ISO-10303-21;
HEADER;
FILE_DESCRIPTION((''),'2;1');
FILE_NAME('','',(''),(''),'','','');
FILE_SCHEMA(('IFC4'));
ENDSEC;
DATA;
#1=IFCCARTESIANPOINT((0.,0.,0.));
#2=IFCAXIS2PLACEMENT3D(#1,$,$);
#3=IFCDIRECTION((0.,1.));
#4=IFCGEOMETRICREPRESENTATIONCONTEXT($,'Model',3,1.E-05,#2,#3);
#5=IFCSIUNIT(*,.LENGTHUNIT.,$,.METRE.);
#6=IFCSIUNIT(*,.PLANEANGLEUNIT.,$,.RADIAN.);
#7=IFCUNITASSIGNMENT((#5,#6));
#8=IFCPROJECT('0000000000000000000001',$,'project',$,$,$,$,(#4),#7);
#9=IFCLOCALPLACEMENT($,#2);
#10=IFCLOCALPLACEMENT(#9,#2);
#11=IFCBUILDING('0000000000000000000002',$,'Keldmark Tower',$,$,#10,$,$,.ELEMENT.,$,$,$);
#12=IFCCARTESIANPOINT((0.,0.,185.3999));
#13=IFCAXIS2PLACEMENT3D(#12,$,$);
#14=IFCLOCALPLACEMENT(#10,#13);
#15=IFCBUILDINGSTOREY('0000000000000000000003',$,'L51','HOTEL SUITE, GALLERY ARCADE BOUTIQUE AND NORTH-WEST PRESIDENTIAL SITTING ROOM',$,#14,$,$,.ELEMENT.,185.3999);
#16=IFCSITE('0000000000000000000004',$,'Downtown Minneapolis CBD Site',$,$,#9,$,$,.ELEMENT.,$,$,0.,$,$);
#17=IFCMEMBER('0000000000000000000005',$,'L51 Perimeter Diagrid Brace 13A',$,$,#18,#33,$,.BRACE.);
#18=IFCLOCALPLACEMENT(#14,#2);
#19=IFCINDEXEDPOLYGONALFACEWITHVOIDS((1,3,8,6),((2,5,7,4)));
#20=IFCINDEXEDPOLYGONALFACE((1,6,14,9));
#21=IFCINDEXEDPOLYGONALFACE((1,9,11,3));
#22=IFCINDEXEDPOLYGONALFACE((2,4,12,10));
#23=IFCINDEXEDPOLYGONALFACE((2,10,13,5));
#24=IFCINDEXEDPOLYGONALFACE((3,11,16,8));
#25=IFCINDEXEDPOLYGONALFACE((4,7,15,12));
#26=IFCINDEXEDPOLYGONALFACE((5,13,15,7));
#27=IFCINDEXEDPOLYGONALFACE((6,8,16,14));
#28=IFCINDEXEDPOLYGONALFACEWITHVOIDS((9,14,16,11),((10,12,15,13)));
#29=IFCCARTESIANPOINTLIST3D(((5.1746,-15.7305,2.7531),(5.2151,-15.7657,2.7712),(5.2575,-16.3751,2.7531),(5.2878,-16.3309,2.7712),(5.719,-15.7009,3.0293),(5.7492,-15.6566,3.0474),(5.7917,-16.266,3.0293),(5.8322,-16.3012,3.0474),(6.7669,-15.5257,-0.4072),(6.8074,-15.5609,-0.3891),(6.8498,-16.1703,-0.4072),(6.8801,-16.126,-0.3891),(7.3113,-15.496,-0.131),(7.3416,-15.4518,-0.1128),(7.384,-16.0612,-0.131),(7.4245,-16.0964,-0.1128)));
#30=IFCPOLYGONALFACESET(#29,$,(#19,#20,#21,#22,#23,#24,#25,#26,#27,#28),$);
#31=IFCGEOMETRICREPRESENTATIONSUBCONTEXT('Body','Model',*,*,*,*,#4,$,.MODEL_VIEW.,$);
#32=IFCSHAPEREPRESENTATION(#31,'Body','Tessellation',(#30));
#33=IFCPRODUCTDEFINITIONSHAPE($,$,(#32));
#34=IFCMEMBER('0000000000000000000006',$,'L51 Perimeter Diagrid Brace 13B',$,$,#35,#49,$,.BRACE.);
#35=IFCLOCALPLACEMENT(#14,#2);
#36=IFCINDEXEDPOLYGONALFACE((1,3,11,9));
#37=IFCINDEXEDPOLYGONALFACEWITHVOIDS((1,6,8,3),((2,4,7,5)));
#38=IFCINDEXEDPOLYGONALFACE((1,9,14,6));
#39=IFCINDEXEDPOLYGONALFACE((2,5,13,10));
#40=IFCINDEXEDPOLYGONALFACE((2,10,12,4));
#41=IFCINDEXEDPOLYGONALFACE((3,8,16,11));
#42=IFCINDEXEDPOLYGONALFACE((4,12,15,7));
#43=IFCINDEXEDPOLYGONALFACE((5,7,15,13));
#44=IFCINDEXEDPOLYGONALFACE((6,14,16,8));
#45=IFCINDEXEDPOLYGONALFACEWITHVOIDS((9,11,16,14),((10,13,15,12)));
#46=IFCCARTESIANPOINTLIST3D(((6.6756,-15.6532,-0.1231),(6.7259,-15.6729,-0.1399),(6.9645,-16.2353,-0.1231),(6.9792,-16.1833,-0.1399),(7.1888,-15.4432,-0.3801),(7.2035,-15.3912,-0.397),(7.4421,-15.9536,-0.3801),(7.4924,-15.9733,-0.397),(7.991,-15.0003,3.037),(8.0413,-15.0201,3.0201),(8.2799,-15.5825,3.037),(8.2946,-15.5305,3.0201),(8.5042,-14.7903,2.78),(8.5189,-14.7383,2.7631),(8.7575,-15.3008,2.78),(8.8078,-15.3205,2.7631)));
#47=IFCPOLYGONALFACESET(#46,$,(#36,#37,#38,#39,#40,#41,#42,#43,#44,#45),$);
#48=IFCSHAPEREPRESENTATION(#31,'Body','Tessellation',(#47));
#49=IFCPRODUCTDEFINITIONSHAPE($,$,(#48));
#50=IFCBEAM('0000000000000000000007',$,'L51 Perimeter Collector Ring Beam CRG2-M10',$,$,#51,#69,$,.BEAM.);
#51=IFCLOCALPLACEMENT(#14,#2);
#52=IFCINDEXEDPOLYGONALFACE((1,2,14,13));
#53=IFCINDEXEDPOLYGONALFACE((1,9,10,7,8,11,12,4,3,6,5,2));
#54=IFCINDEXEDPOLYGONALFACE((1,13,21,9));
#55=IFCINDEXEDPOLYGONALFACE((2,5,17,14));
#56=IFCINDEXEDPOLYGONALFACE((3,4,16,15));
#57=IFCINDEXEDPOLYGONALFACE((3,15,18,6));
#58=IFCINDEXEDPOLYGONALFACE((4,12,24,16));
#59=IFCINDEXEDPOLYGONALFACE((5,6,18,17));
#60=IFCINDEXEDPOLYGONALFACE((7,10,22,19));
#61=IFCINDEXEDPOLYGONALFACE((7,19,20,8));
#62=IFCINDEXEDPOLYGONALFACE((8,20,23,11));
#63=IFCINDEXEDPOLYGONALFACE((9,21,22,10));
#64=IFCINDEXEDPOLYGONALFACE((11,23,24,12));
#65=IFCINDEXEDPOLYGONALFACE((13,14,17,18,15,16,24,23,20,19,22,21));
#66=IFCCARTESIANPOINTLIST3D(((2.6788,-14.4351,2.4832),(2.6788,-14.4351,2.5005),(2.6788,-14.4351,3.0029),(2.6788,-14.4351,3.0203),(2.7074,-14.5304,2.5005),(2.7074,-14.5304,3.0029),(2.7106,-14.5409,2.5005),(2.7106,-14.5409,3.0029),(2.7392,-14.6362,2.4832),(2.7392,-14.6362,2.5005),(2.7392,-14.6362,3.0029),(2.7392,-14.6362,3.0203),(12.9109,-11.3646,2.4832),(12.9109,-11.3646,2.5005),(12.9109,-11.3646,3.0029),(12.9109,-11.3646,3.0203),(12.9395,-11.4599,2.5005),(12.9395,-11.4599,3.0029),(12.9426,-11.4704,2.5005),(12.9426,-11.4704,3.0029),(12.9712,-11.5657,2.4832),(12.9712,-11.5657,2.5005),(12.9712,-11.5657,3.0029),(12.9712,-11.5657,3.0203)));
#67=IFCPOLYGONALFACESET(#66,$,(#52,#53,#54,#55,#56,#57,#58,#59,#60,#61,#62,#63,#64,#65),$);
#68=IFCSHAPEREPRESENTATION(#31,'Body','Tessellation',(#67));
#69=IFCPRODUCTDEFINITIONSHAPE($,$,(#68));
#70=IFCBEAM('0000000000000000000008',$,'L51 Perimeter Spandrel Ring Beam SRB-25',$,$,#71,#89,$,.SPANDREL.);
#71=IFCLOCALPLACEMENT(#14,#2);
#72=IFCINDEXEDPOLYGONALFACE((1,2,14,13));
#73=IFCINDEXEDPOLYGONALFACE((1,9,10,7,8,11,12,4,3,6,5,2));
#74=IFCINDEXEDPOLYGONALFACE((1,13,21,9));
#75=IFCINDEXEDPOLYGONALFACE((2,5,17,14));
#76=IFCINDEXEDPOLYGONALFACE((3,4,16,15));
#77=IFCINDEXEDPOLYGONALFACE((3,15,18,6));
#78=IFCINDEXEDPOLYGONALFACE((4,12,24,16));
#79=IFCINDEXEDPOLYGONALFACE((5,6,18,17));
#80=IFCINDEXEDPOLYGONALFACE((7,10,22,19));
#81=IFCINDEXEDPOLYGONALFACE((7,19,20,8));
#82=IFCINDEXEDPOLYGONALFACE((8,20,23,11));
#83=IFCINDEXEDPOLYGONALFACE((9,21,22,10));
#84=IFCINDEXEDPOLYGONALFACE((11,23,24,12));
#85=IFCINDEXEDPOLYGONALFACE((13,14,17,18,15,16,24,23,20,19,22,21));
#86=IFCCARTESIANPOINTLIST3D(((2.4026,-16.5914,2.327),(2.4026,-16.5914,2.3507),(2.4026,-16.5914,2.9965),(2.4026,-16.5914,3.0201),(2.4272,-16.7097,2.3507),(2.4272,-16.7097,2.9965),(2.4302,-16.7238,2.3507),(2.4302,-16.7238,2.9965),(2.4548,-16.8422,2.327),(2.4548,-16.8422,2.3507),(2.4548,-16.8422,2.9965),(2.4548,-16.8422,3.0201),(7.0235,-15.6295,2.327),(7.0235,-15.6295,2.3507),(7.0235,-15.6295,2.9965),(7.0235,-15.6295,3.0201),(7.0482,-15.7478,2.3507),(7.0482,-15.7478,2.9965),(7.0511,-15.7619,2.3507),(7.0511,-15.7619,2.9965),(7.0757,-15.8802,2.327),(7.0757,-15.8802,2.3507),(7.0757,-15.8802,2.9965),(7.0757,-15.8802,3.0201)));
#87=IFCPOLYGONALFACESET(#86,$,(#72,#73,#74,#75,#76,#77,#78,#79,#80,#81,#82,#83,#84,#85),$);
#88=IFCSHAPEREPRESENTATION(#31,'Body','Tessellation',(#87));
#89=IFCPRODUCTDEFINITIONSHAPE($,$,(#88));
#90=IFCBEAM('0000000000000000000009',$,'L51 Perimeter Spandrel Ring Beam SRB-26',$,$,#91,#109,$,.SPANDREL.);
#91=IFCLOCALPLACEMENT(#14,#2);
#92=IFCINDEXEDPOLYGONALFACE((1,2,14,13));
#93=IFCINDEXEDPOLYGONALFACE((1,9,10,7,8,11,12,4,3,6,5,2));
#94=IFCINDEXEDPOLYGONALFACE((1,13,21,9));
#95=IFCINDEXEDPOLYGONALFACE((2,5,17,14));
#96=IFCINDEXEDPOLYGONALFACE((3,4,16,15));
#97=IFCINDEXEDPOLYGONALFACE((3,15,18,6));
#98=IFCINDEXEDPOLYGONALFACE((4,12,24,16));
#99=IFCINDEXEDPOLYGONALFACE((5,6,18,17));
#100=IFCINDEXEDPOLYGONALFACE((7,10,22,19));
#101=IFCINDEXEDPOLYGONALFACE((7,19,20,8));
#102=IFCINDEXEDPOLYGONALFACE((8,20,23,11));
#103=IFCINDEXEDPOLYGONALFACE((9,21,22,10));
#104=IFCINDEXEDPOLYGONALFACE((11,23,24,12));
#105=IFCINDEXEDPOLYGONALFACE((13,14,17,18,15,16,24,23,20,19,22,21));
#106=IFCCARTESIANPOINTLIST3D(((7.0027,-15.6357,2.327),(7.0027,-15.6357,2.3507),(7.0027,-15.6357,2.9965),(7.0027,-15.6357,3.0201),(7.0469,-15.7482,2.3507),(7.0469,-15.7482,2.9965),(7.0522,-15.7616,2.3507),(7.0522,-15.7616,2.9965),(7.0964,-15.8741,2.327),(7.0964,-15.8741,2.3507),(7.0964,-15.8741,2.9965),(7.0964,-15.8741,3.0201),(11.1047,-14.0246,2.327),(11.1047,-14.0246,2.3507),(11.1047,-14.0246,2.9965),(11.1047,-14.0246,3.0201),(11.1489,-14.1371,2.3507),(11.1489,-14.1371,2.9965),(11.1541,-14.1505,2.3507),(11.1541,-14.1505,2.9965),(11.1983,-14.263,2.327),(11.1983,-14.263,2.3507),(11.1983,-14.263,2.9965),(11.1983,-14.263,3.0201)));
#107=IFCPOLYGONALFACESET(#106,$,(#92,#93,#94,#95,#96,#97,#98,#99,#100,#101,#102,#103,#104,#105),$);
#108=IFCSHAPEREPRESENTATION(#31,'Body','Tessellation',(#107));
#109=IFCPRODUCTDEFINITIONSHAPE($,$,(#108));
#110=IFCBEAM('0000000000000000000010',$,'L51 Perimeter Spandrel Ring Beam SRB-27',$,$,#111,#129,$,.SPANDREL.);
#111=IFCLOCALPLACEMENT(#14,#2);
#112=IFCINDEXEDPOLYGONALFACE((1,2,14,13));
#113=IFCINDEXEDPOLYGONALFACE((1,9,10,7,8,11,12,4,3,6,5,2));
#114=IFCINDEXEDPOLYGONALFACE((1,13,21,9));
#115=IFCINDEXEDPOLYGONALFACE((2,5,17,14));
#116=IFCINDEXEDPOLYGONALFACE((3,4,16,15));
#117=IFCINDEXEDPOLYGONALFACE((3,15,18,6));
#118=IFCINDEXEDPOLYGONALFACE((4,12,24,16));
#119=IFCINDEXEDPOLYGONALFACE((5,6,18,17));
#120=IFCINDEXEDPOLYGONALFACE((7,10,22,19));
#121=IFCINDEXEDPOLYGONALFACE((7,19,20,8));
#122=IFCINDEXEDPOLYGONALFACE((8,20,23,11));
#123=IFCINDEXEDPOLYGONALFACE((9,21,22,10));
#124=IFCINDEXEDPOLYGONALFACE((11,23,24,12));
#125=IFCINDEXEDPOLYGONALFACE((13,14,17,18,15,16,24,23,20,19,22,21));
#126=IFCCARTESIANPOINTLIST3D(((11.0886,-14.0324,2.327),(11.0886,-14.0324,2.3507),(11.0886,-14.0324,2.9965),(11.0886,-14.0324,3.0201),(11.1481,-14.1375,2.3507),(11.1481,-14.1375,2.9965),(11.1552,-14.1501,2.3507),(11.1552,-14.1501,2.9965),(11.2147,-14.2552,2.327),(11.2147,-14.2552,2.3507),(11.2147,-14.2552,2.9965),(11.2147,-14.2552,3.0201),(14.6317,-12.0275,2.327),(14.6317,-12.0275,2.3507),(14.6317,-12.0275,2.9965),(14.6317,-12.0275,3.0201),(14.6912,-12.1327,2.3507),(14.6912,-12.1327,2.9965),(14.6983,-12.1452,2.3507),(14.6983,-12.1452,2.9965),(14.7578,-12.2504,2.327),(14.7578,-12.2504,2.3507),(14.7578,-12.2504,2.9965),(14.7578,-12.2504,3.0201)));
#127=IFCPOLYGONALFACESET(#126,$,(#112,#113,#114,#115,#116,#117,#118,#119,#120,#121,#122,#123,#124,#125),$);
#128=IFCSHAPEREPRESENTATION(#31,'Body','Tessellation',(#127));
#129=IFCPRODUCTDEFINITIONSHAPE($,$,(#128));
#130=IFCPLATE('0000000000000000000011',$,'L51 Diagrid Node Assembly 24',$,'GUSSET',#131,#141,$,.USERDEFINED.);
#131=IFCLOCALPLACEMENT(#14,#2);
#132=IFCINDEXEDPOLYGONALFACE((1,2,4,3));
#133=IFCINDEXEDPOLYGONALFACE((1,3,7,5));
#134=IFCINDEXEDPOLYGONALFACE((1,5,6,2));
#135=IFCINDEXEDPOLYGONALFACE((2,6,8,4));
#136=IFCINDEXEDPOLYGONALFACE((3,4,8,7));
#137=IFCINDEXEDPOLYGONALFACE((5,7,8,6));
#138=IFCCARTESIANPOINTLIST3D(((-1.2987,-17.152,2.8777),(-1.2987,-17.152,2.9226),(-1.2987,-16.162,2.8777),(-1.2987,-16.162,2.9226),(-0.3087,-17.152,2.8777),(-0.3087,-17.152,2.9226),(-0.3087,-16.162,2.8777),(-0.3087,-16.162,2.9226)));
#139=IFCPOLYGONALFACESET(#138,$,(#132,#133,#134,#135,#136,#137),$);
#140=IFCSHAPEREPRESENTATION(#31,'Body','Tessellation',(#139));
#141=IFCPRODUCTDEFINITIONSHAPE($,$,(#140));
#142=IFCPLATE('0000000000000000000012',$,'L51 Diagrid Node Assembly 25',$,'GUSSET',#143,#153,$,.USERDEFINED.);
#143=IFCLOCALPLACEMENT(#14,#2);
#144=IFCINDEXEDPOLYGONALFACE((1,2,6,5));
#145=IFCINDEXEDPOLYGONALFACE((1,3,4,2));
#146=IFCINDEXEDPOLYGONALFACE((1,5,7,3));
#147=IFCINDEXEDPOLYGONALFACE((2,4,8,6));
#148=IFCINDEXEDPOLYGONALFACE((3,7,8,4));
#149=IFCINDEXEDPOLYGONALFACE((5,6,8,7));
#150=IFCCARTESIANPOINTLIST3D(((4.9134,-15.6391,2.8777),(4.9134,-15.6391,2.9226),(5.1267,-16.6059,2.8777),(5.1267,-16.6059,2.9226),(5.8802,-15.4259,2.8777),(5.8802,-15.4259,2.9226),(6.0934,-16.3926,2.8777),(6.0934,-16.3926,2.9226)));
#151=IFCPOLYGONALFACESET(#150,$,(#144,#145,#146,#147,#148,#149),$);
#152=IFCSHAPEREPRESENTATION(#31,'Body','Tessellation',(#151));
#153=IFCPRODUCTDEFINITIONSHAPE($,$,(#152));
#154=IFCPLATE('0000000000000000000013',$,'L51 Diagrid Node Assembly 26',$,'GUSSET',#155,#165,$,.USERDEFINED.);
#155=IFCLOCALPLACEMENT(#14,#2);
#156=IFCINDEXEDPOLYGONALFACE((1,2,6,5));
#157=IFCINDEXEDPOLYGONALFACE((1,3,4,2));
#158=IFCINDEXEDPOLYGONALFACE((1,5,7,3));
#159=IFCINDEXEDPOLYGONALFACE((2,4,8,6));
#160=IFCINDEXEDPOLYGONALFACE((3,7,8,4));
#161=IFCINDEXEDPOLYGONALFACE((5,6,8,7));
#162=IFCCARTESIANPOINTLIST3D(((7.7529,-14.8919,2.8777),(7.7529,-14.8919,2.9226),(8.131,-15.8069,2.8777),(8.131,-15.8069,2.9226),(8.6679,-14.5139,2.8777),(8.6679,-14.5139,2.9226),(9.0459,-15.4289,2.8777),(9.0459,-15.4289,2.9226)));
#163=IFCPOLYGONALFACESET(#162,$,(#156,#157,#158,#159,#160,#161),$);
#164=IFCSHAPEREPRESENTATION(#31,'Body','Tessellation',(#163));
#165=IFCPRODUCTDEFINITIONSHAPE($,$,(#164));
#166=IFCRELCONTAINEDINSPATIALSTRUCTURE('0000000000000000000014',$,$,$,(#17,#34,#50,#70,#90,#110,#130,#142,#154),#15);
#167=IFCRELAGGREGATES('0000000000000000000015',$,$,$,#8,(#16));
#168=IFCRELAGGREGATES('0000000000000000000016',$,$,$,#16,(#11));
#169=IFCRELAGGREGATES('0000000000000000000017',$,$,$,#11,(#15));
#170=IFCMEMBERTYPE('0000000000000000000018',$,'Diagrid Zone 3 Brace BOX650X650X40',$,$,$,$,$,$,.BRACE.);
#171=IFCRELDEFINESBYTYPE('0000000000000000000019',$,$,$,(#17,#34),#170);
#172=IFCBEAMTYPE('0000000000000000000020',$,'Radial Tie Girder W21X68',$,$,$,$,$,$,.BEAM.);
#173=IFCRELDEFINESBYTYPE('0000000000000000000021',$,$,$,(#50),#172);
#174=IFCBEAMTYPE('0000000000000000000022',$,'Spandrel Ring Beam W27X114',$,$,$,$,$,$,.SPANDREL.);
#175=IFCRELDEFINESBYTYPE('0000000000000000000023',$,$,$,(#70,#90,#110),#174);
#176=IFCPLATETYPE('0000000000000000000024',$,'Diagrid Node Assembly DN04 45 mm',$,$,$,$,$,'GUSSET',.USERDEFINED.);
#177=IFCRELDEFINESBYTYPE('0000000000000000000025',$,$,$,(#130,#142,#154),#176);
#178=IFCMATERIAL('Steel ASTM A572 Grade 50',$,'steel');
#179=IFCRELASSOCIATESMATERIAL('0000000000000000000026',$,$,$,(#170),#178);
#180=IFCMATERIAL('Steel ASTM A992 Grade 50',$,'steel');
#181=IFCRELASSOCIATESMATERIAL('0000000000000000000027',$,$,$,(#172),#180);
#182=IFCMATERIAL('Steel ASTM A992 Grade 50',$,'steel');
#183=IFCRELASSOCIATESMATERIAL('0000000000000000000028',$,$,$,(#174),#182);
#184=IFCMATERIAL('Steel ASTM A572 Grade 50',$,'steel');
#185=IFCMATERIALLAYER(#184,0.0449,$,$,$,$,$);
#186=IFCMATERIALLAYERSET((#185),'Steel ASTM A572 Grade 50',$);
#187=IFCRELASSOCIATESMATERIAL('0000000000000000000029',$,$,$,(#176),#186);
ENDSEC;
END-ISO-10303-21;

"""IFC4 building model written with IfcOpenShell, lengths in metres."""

from ifc_helpers import new_model, si_unit, direction, frame, origin, origin_2d, place, context, subcontext, project, spatial, rectangle, hollow_rectangle, i_section, extrude, material, layer, layer_set, material_profile, profile_set, type_object, element, save


model = new_model("IFC4")

# Units and contexts
model_context = context("Model", 3, precision=1e-05, world=origin(), true_north=direction((0.0, 1.0)))
body_context = subcontext(model_context, "Body", "Model", "MODEL_VIEW")
ifc_project = project(units=[si_unit("LENGTHUNIT", "METRE"), si_unit("PLANEANGLEUNIT", "RADIAN")], contexts=[model_context])

# Site, building, storey
site_placement = place(None, origin())
site = spatial("IfcSite", under=ifc_project, at=site_placement, Name="Downtown Minneapolis CBD Site", CompositionType="ELEMENT", RefElevation=0.0)
building_placement = place(site_placement, origin())
building = spatial("IfcBuilding", under=site, at=building_placement, Name="Keldmark Tower", CompositionType="ELEMENT")
storey_placement = place(building_placement, frame((0.0, 0.0, 185.3999)))
storey = spatial("IfcBuildingStorey", under=building, at=storey_placement, Name="L51", Description="HOTEL SUITE, GALLERY ARCADE BOUTIQUE AND NORTH-WEST PRESIDENTIAL SITTING ROOM", CompositionType="ELEMENT", Elevation=185.3999)

# Members
ifc_material_1 = material(Name="Steel ASTM A572 Grade 50", Category="steel")
ifc_material_profile_1 = material_profile(ifc_material_1, hollow_rectangle(XDim=0.6499, YDim=0.6499, WallThickness=0.04, at=origin_2d()), Name="BOX650X650X40")
ifc_profile_set_1 = profile_set([ifc_material_profile_1], Name="Steel ASTM A572 Grade 50")
member_type = type_object("IfcMemberType", Name="Diagrid Zone 3 Brace BOX650X650X40", PredefinedType="BRACE", material=ifc_profile_set_1)
member_1_placement = place(storey_placement, frame((7.0957, -15.811, -0.26), z_axis=(-0.449219, -0.057788, 0.891551), x_axis=(0.12759, -0.991827, 0.0)))
element("IfcMember", 1, at=member_1_placement, inside=storey, type_object=member_type, Name="L51 Perimeter Diagrid Brace 13A", PredefinedType="BRACE", context=body_context, shape_type="SweptSolid", body=[
    extrude(hollow_rectangle(XDim=0.6499, YDim=0.6499, WallThickness=0.04, at=origin_2d()), origin(), (0.0, 0.0, 1.0), 3.5447),
])
member_2_placement = place(storey_placement, frame((7.084, -15.8132, -0.26), z_axis=(0.377487, 0.187342, 0.906866), x_axis=(-0.444552, 0.895753, 0.0)))
element("IfcMember", 2, at=member_2_placement, inside=storey, type_object=member_type, Name="L51 Perimeter Diagrid Brace 13B", PredefinedType="BRACE", context=body_context, shape_type="SweptSolid", body=[
    extrude(hollow_rectangle(XDim=0.6499, YDim=0.6499, WallThickness=0.04, at=origin_2d()), origin(), (0.0, 0.0, 1.0), 3.4846),
])

# Beams
ifc_material_2 = material(Name="Steel ASTM A992 Grade 50", Category="steel")
ifc_material_profile_2 = material_profile(ifc_material_2, i_section(OverallWidth=0.21, OverallDepth=0.5371, WebThickness=0.011, FlangeThickness=0.0173, at=origin_2d()), Name="W21X68")
ifc_profile_set_2 = profile_set([ifc_material_profile_2], Name="Steel ASTM A992 Grade 50")
beam_type_1 = type_object("IfcBeamType", Name="Radial Tie Girder W21X68", PredefinedType="BEAM", material=ifc_profile_set_2)
beam_1_placement = place(storey_placement, frame((2.709, -14.5356, 2.7517), z_axis=(0.957803, 0.287425, 0.0), x_axis=(-0.287425, 0.957803, 0.0)))
element("IfcBeam", 3, at=beam_1_placement, inside=storey, type_object=beam_type_1, Name="L51 Perimeter Collector Ring Beam CRG2-M10", PredefinedType="BEAM", context=body_context, shape_type="SweptSolid", body=[
    extrude(i_section(OverallWidth=0.21, OverallDepth=0.5371, WebThickness=0.011, FlangeThickness=0.0173, at=origin_2d()), origin(), (0.0, 0.0, 1.0), 10.6829),
])
ifc_material_3 = material(Name="Steel ASTM A992 Grade 50", Category="steel")
ifc_material_profile_3 = material_profile(ifc_material_3, i_section(OverallWidth=0.2561, OverallDepth=0.6931, WebThickness=0.0144, FlangeThickness=0.0237, at=origin_2d()), Name="W27X114")
ifc_profile_set_3 = profile_set([ifc_material_profile_3], Name="Steel ASTM A992 Grade 50")
beam_type_2 = type_object("IfcBeamType", Name="Spandrel Ring Beam W27X114", PredefinedType="SPANDREL", material=ifc_profile_set_3)
beam_2_placement = place(storey_placement, frame((2.4287, -16.7168, 2.6736), z_axis=(0.979013, 0.203799, 0.0), x_axis=(-0.203799, 0.979013, 0.0)))
element("IfcBeam", 4, at=beam_2_placement, inside=storey, type_object=beam_type_2, Name="L51 Perimeter Spandrel Ring Beam SRB-25", PredefinedType="SPANDREL", context=body_context, shape_type="SweptSolid", body=[
    extrude(i_section(OverallWidth=0.2561, OverallDepth=0.6931, WebThickness=0.0144, FlangeThickness=0.0237, at=origin_2d()), origin(), (0.0, 0.0, 1.0), 4.72),
])
beam_3_placement = place(storey_placement, frame((7.0496, -15.7549, 2.6736), z_axis=(0.930785, 0.365567, 0.0), x_axis=(-0.365567, 0.930785, 0.0)))
element("IfcBeam", 5, at=beam_3_placement, inside=storey, type_object=beam_type_2, Name="L51 Perimeter Spandrel Ring Beam SRB-26", PredefinedType="SPANDREL", context=body_context, shape_type="SweptSolid", body=[
    extrude(i_section(OverallWidth=0.2561, OverallDepth=0.6931, WebThickness=0.0144, FlangeThickness=0.0237, at=origin_2d()), origin(), (0.0, 0.0, 1.0), 4.407),
])
beam_4_placement = place(storey_placement, frame((11.1516, -14.1438, 2.6736), z_axis=(0.870332, 0.492466, 0.0), x_axis=(-0.492466, 0.870332, 0.0)))
element("IfcBeam", 6, at=beam_4_placement, inside=storey, type_object=beam_type_2, Name="L51 Perimeter Spandrel Ring Beam SRB-27", PredefinedType="SPANDREL", context=body_context, shape_type="SweptSolid", body=[
    extrude(i_section(OverallWidth=0.2561, OverallDepth=0.6931, WebThickness=0.0144, FlangeThickness=0.0237, at=origin_2d()), origin(), (0.0, 0.0, 1.0), 4.071),
])

# Plates
ifc_material_4 = material(Name="Steel ASTM A572 Grade 50", Category="steel")
ifc_layer_1 = layer(ifc_material_4, 0.0449)
ifc_layer_set_1 = layer_set([ifc_layer_1], Name="Steel ASTM A572 Grade 50")
plate_type = type_object("IfcPlateType", Name="Diagrid Node Assembly DN04 45 mm", ElementType="GUSSET", PredefinedType="USERDEFINED", material=ifc_layer_set_1)
for number, where, z_axis, x_axis, name in (
    (7, (-0.8037, -16.657, 2.8777), (0.0, 0.0, 1.0), (1.0, 0.0, 0.0), "L51 Diagrid Node Assembly 24"),
    (8, (5.5034, -16.0159, 2.8777), (0.0, 0.0, 1.0), (0.976522, 0.215417, 0.0), "L51 Diagrid Node Assembly 25"),
    (9, (8.3994, -15.1604, 2.8777), (0.0, 0.0, 1.0), (0.924213, 0.381877, 0.0), "L51 Diagrid Node Assembly 26"),
):
    element("IfcPlate", number, at=place(storey_placement, frame(where, z_axis=z_axis, x_axis=x_axis)), inside=storey, type_object=plate_type, Name=name, ObjectType="GUSSET", PredefinedType="USERDEFINED", context=body_context, shape_type="SweptSolid", body=[
        extrude(rectangle(XDim=0.99, YDim=0.99, at=origin_2d()), origin(), (0.0, 0.0, 1.0), 0.0449),
    ])

save(model, "model.ifc")
